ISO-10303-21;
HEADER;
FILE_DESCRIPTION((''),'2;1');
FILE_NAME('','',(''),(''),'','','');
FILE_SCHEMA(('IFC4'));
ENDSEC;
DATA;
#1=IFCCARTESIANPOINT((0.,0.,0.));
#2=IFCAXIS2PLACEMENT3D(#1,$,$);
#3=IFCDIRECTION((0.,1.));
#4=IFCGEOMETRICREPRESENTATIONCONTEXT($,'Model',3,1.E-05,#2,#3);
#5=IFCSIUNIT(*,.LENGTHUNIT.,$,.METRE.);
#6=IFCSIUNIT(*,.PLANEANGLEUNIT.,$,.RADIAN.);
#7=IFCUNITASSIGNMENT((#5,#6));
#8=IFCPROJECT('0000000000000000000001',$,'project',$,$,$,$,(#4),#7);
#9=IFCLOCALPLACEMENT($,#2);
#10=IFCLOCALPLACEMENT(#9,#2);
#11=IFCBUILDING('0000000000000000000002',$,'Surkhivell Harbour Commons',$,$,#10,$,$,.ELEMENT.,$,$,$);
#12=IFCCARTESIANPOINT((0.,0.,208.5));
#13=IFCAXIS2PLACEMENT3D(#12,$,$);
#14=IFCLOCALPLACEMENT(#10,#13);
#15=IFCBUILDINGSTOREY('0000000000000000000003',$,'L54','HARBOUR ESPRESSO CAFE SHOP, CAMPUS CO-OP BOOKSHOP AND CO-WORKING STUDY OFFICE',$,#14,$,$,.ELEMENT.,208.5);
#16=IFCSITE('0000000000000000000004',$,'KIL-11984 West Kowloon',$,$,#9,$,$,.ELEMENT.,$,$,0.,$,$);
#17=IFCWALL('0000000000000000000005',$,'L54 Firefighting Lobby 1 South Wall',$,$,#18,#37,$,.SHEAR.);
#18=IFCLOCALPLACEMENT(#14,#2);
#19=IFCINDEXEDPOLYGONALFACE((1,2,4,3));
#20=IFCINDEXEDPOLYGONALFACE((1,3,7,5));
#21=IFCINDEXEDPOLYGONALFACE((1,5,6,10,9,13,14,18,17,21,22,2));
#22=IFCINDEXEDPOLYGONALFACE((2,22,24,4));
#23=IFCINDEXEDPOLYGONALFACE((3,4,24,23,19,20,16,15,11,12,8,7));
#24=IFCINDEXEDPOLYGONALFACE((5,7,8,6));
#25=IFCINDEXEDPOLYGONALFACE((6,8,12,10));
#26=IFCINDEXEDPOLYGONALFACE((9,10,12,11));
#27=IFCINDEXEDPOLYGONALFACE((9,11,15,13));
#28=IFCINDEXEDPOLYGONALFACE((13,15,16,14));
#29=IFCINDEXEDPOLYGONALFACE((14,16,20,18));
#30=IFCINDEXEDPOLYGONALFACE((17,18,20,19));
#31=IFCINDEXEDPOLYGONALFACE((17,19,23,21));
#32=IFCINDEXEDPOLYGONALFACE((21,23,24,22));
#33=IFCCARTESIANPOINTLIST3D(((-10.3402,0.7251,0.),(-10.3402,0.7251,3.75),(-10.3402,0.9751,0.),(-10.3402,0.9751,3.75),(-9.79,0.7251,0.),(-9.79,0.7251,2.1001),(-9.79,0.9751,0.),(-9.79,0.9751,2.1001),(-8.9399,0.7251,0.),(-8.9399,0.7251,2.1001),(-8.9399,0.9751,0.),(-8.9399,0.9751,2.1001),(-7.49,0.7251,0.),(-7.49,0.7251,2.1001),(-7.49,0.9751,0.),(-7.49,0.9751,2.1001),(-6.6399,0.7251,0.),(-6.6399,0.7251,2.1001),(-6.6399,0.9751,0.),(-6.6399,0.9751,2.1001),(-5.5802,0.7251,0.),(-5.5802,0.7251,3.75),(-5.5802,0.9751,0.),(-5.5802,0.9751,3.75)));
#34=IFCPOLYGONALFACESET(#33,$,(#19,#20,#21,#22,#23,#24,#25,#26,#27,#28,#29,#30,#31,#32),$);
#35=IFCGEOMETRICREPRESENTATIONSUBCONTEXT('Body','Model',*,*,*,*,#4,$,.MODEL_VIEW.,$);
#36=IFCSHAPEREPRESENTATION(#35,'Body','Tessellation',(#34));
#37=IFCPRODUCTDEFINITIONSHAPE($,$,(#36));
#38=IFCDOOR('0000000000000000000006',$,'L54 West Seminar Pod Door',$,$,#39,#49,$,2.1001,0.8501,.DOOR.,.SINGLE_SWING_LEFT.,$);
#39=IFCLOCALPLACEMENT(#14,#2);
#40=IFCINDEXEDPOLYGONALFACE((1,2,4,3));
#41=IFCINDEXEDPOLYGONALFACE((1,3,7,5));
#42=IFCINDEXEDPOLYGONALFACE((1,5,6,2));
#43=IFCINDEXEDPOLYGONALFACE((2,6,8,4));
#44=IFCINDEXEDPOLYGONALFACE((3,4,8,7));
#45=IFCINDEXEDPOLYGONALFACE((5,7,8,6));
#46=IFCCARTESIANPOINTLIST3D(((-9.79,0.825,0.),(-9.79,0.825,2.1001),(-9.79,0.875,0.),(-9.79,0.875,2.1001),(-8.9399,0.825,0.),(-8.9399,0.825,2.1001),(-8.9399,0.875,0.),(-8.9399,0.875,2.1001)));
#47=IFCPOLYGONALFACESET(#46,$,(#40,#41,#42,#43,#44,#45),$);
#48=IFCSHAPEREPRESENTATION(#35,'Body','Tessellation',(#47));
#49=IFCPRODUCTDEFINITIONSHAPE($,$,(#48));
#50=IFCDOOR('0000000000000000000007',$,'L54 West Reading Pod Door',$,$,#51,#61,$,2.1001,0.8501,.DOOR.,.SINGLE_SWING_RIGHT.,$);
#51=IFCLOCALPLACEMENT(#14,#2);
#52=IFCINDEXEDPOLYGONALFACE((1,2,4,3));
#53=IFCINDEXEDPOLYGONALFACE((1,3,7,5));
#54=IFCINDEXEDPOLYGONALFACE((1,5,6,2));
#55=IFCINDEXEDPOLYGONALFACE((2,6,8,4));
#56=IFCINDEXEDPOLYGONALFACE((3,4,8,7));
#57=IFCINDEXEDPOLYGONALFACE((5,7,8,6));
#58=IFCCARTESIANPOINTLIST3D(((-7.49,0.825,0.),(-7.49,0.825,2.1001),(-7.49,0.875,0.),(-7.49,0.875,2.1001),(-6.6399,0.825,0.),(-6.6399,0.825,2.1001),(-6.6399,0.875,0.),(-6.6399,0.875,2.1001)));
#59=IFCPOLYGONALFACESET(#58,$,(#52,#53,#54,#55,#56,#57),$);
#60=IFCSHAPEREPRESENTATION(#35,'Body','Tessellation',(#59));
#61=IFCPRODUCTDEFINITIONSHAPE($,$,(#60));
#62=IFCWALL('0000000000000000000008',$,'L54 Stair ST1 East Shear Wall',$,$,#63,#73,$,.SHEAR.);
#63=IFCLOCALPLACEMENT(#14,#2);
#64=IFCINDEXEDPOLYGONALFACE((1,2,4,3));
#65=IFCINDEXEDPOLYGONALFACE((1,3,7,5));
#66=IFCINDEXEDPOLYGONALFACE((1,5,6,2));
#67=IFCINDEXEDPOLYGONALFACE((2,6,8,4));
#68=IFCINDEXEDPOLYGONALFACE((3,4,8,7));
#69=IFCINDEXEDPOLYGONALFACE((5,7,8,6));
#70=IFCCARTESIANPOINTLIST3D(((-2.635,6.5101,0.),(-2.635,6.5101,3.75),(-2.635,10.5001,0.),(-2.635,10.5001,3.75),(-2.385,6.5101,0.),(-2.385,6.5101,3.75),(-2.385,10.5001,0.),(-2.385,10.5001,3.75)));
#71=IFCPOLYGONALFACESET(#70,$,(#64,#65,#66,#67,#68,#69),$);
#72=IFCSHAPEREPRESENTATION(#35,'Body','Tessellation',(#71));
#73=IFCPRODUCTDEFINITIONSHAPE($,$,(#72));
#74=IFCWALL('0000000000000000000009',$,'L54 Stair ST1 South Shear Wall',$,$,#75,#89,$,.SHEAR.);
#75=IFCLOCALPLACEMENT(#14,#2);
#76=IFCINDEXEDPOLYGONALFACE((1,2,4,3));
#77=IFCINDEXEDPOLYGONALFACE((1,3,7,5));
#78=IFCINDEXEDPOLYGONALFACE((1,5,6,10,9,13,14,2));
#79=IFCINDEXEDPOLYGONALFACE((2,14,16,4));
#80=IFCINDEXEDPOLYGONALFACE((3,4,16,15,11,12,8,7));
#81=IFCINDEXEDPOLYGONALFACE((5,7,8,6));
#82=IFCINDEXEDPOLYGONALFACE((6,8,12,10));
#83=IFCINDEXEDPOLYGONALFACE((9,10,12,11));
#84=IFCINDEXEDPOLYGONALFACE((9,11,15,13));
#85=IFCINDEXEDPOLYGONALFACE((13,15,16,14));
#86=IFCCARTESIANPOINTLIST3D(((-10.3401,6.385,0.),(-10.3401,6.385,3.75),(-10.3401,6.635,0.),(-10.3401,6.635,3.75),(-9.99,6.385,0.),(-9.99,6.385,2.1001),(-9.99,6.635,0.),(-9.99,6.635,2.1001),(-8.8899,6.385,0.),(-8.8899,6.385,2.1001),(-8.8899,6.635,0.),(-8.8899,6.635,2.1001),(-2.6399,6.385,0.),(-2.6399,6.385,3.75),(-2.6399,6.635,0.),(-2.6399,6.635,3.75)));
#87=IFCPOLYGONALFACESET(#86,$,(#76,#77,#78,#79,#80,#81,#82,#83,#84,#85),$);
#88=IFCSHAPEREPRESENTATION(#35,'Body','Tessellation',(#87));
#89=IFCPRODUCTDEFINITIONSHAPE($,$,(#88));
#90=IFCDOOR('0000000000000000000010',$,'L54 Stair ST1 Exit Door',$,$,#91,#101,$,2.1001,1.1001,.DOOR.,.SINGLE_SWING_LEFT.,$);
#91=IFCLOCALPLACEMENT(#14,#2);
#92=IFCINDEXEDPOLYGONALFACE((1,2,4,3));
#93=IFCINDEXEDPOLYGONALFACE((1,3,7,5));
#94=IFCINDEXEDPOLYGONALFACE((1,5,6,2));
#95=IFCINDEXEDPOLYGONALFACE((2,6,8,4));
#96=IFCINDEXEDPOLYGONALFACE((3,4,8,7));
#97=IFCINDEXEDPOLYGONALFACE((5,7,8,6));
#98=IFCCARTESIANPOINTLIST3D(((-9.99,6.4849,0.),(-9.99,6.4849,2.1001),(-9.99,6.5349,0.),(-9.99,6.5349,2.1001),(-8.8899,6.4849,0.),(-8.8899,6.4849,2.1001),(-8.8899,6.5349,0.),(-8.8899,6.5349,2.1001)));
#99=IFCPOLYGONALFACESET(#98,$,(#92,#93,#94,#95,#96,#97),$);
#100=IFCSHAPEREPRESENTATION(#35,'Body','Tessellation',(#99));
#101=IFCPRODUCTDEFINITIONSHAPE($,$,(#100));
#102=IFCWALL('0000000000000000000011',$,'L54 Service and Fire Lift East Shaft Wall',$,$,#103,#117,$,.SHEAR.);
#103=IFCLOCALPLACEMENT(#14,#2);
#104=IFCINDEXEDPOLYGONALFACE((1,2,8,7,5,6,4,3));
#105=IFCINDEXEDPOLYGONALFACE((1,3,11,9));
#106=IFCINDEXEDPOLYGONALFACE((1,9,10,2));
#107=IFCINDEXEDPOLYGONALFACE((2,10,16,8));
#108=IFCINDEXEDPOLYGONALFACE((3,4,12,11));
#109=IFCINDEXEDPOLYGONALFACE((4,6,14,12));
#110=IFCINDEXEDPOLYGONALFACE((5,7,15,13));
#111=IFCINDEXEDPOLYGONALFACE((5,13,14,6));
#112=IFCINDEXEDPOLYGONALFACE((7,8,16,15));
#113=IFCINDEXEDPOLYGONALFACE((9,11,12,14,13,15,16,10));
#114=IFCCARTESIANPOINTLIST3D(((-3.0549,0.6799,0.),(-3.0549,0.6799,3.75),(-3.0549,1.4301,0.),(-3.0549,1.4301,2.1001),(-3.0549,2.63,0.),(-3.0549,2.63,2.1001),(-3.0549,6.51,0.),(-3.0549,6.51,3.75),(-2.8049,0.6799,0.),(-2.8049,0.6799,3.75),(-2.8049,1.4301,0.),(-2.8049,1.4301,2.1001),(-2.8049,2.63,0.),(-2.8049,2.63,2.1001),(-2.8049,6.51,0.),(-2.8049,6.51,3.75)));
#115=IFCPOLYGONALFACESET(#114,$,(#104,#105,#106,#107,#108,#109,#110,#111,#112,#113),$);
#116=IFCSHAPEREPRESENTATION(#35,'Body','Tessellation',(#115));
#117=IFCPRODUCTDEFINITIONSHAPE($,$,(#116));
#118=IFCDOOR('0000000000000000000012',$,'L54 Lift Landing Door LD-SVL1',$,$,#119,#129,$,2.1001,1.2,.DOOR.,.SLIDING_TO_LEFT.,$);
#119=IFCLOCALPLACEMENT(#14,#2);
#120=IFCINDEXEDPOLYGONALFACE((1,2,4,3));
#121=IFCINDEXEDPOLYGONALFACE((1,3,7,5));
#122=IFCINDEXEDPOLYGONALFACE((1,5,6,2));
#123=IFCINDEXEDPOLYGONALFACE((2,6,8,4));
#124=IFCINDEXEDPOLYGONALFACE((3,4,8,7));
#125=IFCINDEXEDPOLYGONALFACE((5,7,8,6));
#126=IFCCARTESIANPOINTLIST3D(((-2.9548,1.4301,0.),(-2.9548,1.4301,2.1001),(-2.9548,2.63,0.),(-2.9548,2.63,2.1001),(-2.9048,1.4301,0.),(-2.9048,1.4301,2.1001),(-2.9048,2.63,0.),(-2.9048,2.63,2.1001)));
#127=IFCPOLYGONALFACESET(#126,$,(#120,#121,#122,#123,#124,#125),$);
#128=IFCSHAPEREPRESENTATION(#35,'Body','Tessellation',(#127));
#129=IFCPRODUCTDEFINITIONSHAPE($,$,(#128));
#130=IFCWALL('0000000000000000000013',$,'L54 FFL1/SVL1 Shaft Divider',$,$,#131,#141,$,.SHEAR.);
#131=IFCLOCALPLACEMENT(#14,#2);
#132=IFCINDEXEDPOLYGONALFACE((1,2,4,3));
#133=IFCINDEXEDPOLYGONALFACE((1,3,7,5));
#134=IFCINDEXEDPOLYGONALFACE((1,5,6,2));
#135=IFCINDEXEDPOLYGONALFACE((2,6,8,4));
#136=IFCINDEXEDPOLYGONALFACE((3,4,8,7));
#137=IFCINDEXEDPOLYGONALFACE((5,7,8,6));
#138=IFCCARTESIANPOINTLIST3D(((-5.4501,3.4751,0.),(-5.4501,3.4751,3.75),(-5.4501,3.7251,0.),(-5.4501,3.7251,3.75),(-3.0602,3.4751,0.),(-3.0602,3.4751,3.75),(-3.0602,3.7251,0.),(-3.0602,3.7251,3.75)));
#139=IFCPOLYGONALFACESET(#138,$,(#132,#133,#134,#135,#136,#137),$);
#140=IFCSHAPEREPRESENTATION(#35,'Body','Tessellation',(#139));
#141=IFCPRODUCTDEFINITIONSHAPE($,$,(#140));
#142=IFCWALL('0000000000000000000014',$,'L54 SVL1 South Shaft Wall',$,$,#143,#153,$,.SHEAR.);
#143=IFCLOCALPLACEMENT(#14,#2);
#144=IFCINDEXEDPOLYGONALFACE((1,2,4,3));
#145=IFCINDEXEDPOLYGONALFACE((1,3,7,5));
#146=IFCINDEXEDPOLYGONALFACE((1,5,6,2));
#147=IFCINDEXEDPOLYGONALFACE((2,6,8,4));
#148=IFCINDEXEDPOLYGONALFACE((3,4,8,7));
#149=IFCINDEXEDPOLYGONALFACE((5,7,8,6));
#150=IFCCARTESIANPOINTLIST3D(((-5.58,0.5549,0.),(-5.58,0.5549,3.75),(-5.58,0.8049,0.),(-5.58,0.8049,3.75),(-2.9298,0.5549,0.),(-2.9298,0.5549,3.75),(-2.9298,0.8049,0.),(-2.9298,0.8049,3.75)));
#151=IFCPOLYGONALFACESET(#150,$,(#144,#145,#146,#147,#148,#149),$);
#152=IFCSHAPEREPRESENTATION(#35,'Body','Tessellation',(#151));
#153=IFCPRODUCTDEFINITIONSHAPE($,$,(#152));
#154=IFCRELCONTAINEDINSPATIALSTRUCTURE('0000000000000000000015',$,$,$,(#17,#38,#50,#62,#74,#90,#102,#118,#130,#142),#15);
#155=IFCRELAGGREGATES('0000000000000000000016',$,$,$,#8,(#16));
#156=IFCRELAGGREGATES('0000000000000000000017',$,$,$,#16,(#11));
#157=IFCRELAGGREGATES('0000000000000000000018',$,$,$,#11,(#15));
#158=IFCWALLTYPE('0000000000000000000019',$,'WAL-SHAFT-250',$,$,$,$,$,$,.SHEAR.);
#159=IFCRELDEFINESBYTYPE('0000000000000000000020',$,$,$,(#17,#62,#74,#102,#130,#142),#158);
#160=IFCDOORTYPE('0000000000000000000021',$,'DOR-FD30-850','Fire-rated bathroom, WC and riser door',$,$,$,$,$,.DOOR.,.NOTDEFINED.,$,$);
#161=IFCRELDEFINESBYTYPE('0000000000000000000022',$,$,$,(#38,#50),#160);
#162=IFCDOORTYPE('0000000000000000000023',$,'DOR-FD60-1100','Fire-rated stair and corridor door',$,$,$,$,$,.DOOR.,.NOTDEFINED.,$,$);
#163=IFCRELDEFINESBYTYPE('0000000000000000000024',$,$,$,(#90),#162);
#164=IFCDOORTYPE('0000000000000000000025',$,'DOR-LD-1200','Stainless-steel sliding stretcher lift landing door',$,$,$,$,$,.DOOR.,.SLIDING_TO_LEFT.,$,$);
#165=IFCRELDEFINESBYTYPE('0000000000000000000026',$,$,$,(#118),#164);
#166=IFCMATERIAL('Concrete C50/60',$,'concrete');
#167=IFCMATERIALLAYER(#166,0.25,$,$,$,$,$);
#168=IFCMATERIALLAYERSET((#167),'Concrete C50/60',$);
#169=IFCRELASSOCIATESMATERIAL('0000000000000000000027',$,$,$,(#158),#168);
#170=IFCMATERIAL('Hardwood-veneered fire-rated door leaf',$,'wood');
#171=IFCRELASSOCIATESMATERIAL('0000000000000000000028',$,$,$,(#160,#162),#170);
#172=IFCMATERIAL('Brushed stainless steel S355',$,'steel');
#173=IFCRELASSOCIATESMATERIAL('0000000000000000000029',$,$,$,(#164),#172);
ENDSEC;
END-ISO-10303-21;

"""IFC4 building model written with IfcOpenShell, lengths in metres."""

from ifc_helpers import new_model, si_unit, direction, frame, frame_2d, origin, place, context, subcontext, project, spatial, rectangle, extrude, material, layer, layer_set, type_object, element, fill, save


model = new_model("IFC4")

# Units and contexts
model_context = context("Model", 3, precision=1e-05, world=origin(), true_north=direction((0.0, 1.0)))
body_context = subcontext(model_context, "Body", "Model", "MODEL_VIEW")
ifc_project = project(units=[si_unit("LENGTHUNIT", "METRE"), si_unit("PLANEANGLEUNIT", "RADIAN")], contexts=[model_context])

# Site, building, storey
site_placement = place(None, origin())
site = spatial("IfcSite", under=ifc_project, at=site_placement, Name="KIL-11984 West Kowloon", CompositionType="ELEMENT", RefElevation=0.0)
building_placement = place(site_placement, origin())
building = spatial("IfcBuilding", under=site, at=building_placement, Name="Surkhivell Harbour Commons", CompositionType="ELEMENT")
storey_placement = place(building_placement, frame((0.0, 0.0, 208.5)))
storey = spatial("IfcBuildingStorey", under=building, at=storey_placement, Name="L54", Description="HARBOUR ESPRESSO CAFE SHOP, CAMPUS CO-OP BOOKSHOP AND CO-WORKING STUDY OFFICE", CompositionType="ELEMENT", Elevation=208.5)

# Shared definitions
ifc_material_1 = material(Name="Concrete C50/60", Category="concrete")
ifc_layer_1 = layer(ifc_material_1, 0.25)
ifc_layer_set_1 = layer_set([ifc_layer_1], Name="Concrete C50/60")
wall_type_1 = type_object("IfcWallType", Name="WAL-SHAFT-250", PredefinedType="SHEAR", material=ifc_layer_set_1)
ifc_material_2 = material(Name="Brushed stainless steel S355", Category="steel")

# Wall, openings, doors
wall_1_placement = place(storey_placement, frame((-10.3401, 0.8501, 0.0), z_axis=(0.0, 0.0, 1.0), x_axis=(1.0, 0.0, 0.0)))
wall_1 = element("IfcWall", 1, at=wall_1_placement, inside=storey, type_object=wall_type_1, Name="L54 Firefighting Lobby 1 South Wall", PredefinedType="SHEAR", context=body_context, shape_type="SweptSolid", body=[
    extrude(rectangle(XDim=4.76, YDim=0.25, at=frame_2d((2.3799, 0.0))), origin(), (0.0, 0.0, 1.0), 3.75),
])
opening_1_placement = place(wall_1_placement, frame((0.55, 0.0, 0.0)))
opening_1 = element("IfcOpeningElement", 2, at=opening_1_placement, cuts=wall_1, PredefinedType="OPENING", context=body_context, shape_type="SweptSolid", body=[
    extrude(rectangle(XDim=0.8501, YDim=2.1001, at=frame_2d((0.425, 1.05))), frame((0.0, 0.135, 0.0), z_axis=(0.0, -1.0, 0.0), x_axis=(1.0, 0.0, 0.0)), (0.0, 0.0, 1.0), 0.27),
])
opening_2_placement = place(wall_1_placement, frame((2.8501, 0.0, 0.0)))
opening_2 = element("IfcOpeningElement", 3, at=opening_2_placement, cuts=wall_1, PredefinedType="OPENING", context=body_context, shape_type="SweptSolid", body=[
    extrude(rectangle(XDim=0.8501, YDim=2.1001, at=frame_2d((0.425, 1.05))), frame((0.0, 0.135, 0.0), z_axis=(0.0, -1.0, 0.0), x_axis=(1.0, 0.0, 0.0)), (0.0, 0.0, 1.0), 0.27),
])
ifc_material_3 = material(Name="Hardwood-veneered fire-rated door leaf", Category="wood")
door_type_1 = type_object("IfcDoorType", Name="DOR-FD30-850", Description="Fire-rated bathroom, WC and riser door", OperationType="NOTDEFINED", PredefinedType="DOOR", material=ifc_material_3)
door_1_placement = place(opening_1_placement, origin())
door_1 = element("IfcDoor", 4, at=door_1_placement, inside=storey, type_object=door_type_1, Name="L54 West Seminar Pod Door", OperationType="SINGLE_SWING_LEFT", OverallHeight=2.1001, OverallWidth=0.8501, PredefinedType="DOOR", context=body_context, shape_type="SweptSolid", body=[
    extrude(rectangle(XDim=0.8501, YDim=2.1001, at=frame_2d((0.425, 1.05))), frame((0.0, 0.0249, 0.0), z_axis=(0.0, -1.0, 0.0), x_axis=(1.0, 0.0, 0.0)), (0.0, 0.0, 1.0), 0.05),
])
fill(opening_1, door_1)
door_2_placement = place(opening_2_placement, origin())
door_2 = element("IfcDoor", 5, at=door_2_placement, inside=storey, type_object=door_type_1, Name="L54 West Reading Pod Door", OperationType="SINGLE_SWING_RIGHT", OverallHeight=2.1001, OverallWidth=0.8501, PredefinedType="DOOR", context=body_context, shape_type="SweptSolid", body=[
    extrude(rectangle(XDim=0.8501, YDim=2.1001, at=frame_2d((0.425, 1.05))), frame((0.0, 0.0249, 0.0), z_axis=(0.0, -1.0, 0.0), x_axis=(1.0, 0.0, 0.0)), (0.0, 0.0, 1.0), 0.05),
])
fill(opening_2, door_2)

# Wall
wall_2_placement = place(storey_placement, frame((-2.51, 6.51, 0.0), z_axis=(0.0, 0.0, 1.0), x_axis=(0.0, 1.0, 0.0)))
element("IfcWall", 6, at=wall_2_placement, inside=storey, type_object=wall_type_1, Name="L54 Stair ST1 East Shear Wall", PredefinedType="SHEAR", context=body_context, shape_type="SweptSolid", body=[
    extrude(rectangle(XDim=3.99, YDim=0.25, at=frame_2d((1.9951, 0.0))), origin(), (0.0, 0.0, 1.0), 3.75),
])

# Walls, openings, doors
wall_3_placement = place(storey_placement, frame((-10.3401, 6.51, 0.0), z_axis=(0.0, 0.0, 1.0), x_axis=(1.0, 0.0, 0.0)))
wall_3 = element("IfcWall", 7, at=wall_3_placement, inside=storey, type_object=wall_type_1, Name="L54 Stair ST1 South Shear Wall", PredefinedType="SHEAR", context=body_context, shape_type="SweptSolid", body=[
    extrude(rectangle(XDim=7.7002, YDim=0.25, at=frame_2d((3.8501, 0.0))), origin(), (0.0, 0.0, 1.0), 3.75),
])
opening_3_placement = place(wall_3_placement, frame((0.3501, 0.0, 0.0)))
opening_3 = element("IfcOpeningElement", 8, at=opening_3_placement, cuts=wall_3, PredefinedType="OPENING", context=body_context, shape_type="SweptSolid", body=[
    extrude(rectangle(XDim=1.1001, YDim=2.1001, at=frame_2d((0.55, 1.05))), frame((0.0, 0.135, 0.0), z_axis=(0.0, -1.0, 0.0), x_axis=(1.0, 0.0, 0.0)), (0.0, 0.0, 1.0), 0.27),
])
door_type_2 = type_object("IfcDoorType", Name="DOR-FD60-1100", Description="Fire-rated stair and corridor door", OperationType="NOTDEFINED", PredefinedType="DOOR", material=ifc_material_3)
door_3_placement = place(opening_3_placement, origin())
door_3 = element("IfcDoor", 9, at=door_3_placement, inside=storey, type_object=door_type_2, Name="L54 Stair ST1 Exit Door", OperationType="SINGLE_SWING_LEFT", OverallHeight=2.1001, OverallWidth=1.1001, PredefinedType="DOOR", context=body_context, shape_type="SweptSolid", body=[
    extrude(rectangle(XDim=1.1001, YDim=2.1001, at=frame_2d((0.55, 1.05))), frame((0.0, 0.0249, 0.0), z_axis=(0.0, -1.0, 0.0), x_axis=(1.0, 0.0, 0.0)), (0.0, 0.0, 1.0), 0.05),
])
fill(opening_3, door_3)
wall_4_placement = place(storey_placement, frame((-2.9299, 0.6799, 0.0), z_axis=(0.0, 0.0, 1.0), x_axis=(0.0, 1.0, 0.0)))
wall_4 = element("IfcWall", 10, at=wall_4_placement, inside=storey, type_object=wall_type_1, Name="L54 Service and Fire Lift East Shaft Wall", PredefinedType="SHEAR", context=body_context, shape_type="SweptSolid", body=[
    extrude(rectangle(XDim=5.8301, YDim=0.25, at=frame_2d((2.915, 0.0))), origin(), (0.0, 0.0, 1.0), 3.75),
])
opening_4_placement = place(wall_4_placement, frame((0.75, 0.0, 0.0)))
opening_4 = element("IfcOpeningElement", 11, at=opening_4_placement, cuts=wall_4, PredefinedType="OPENING", context=body_context, shape_type="SweptSolid", body=[
    extrude(rectangle(XDim=1.2, YDim=2.1001, at=frame_2d((0.6001, 1.05))), frame((0.0, 0.135, 0.0), z_axis=(0.0, -1.0, 0.0), x_axis=(1.0, 0.0, 0.0)), (0.0, 0.0, 1.0), 0.27),
])
door_type_3 = type_object("IfcDoorType", Name="DOR-LD-1200", Description="Stainless-steel sliding stretcher lift landing door", OperationType="SLIDING_TO_LEFT", PredefinedType="DOOR", material=ifc_material_2)
door_4_placement = place(opening_4_placement, origin())
door_4 = element("IfcDoor", 12, at=door_4_placement, inside=storey, type_object=door_type_3, Name="L54 Lift Landing Door LD-SVL1", OperationType="SLIDING_TO_LEFT", OverallHeight=2.1001, OverallWidth=1.2, PredefinedType="DOOR", context=body_context, shape_type="SweptSolid", body=[
    extrude(rectangle(XDim=1.2, YDim=2.1001, at=frame_2d((0.6001, 1.05))), frame((0.0, 0.0249, 0.0), z_axis=(0.0, -1.0, 0.0), x_axis=(1.0, 0.0, 0.0)), (0.0, 0.0, 1.0), 0.05),
])
fill(opening_4, door_4)

# Walls
wall_5_placement = place(storey_placement, frame((-5.45, 3.6001, 0.0), z_axis=(0.0, 0.0, 1.0), x_axis=(1.0, 0.0, 0.0)))
element("IfcWall", 13, at=wall_5_placement, inside=storey, type_object=wall_type_1, Name="L54 FFL1/SVL1 Shaft Divider", PredefinedType="SHEAR", context=body_context, shape_type="SweptSolid", body=[
    extrude(rectangle(XDim=2.3899, YDim=0.25, at=frame_2d((1.1948, 0.0))), origin(), (0.0, 0.0, 1.0), 3.75),
])
wall_6_placement = place(storey_placement, frame((-5.5801, 0.6799, 0.0), z_axis=(0.0, 0.0, 1.0), x_axis=(1.0, 0.0, 0.0)))
element("IfcWall", 14, at=wall_6_placement, inside=storey, type_object=wall_type_1, Name="L54 SVL1 South Shaft Wall", PredefinedType="SHEAR", context=body_context, shape_type="SweptSolid", body=[
    extrude(rectangle(XDim=2.6501, YDim=0.25, at=frame_2d((1.3252, 0.0))), origin(), (0.0, 0.0, 1.0), 3.75),
])

save(model, "model.ifc")
